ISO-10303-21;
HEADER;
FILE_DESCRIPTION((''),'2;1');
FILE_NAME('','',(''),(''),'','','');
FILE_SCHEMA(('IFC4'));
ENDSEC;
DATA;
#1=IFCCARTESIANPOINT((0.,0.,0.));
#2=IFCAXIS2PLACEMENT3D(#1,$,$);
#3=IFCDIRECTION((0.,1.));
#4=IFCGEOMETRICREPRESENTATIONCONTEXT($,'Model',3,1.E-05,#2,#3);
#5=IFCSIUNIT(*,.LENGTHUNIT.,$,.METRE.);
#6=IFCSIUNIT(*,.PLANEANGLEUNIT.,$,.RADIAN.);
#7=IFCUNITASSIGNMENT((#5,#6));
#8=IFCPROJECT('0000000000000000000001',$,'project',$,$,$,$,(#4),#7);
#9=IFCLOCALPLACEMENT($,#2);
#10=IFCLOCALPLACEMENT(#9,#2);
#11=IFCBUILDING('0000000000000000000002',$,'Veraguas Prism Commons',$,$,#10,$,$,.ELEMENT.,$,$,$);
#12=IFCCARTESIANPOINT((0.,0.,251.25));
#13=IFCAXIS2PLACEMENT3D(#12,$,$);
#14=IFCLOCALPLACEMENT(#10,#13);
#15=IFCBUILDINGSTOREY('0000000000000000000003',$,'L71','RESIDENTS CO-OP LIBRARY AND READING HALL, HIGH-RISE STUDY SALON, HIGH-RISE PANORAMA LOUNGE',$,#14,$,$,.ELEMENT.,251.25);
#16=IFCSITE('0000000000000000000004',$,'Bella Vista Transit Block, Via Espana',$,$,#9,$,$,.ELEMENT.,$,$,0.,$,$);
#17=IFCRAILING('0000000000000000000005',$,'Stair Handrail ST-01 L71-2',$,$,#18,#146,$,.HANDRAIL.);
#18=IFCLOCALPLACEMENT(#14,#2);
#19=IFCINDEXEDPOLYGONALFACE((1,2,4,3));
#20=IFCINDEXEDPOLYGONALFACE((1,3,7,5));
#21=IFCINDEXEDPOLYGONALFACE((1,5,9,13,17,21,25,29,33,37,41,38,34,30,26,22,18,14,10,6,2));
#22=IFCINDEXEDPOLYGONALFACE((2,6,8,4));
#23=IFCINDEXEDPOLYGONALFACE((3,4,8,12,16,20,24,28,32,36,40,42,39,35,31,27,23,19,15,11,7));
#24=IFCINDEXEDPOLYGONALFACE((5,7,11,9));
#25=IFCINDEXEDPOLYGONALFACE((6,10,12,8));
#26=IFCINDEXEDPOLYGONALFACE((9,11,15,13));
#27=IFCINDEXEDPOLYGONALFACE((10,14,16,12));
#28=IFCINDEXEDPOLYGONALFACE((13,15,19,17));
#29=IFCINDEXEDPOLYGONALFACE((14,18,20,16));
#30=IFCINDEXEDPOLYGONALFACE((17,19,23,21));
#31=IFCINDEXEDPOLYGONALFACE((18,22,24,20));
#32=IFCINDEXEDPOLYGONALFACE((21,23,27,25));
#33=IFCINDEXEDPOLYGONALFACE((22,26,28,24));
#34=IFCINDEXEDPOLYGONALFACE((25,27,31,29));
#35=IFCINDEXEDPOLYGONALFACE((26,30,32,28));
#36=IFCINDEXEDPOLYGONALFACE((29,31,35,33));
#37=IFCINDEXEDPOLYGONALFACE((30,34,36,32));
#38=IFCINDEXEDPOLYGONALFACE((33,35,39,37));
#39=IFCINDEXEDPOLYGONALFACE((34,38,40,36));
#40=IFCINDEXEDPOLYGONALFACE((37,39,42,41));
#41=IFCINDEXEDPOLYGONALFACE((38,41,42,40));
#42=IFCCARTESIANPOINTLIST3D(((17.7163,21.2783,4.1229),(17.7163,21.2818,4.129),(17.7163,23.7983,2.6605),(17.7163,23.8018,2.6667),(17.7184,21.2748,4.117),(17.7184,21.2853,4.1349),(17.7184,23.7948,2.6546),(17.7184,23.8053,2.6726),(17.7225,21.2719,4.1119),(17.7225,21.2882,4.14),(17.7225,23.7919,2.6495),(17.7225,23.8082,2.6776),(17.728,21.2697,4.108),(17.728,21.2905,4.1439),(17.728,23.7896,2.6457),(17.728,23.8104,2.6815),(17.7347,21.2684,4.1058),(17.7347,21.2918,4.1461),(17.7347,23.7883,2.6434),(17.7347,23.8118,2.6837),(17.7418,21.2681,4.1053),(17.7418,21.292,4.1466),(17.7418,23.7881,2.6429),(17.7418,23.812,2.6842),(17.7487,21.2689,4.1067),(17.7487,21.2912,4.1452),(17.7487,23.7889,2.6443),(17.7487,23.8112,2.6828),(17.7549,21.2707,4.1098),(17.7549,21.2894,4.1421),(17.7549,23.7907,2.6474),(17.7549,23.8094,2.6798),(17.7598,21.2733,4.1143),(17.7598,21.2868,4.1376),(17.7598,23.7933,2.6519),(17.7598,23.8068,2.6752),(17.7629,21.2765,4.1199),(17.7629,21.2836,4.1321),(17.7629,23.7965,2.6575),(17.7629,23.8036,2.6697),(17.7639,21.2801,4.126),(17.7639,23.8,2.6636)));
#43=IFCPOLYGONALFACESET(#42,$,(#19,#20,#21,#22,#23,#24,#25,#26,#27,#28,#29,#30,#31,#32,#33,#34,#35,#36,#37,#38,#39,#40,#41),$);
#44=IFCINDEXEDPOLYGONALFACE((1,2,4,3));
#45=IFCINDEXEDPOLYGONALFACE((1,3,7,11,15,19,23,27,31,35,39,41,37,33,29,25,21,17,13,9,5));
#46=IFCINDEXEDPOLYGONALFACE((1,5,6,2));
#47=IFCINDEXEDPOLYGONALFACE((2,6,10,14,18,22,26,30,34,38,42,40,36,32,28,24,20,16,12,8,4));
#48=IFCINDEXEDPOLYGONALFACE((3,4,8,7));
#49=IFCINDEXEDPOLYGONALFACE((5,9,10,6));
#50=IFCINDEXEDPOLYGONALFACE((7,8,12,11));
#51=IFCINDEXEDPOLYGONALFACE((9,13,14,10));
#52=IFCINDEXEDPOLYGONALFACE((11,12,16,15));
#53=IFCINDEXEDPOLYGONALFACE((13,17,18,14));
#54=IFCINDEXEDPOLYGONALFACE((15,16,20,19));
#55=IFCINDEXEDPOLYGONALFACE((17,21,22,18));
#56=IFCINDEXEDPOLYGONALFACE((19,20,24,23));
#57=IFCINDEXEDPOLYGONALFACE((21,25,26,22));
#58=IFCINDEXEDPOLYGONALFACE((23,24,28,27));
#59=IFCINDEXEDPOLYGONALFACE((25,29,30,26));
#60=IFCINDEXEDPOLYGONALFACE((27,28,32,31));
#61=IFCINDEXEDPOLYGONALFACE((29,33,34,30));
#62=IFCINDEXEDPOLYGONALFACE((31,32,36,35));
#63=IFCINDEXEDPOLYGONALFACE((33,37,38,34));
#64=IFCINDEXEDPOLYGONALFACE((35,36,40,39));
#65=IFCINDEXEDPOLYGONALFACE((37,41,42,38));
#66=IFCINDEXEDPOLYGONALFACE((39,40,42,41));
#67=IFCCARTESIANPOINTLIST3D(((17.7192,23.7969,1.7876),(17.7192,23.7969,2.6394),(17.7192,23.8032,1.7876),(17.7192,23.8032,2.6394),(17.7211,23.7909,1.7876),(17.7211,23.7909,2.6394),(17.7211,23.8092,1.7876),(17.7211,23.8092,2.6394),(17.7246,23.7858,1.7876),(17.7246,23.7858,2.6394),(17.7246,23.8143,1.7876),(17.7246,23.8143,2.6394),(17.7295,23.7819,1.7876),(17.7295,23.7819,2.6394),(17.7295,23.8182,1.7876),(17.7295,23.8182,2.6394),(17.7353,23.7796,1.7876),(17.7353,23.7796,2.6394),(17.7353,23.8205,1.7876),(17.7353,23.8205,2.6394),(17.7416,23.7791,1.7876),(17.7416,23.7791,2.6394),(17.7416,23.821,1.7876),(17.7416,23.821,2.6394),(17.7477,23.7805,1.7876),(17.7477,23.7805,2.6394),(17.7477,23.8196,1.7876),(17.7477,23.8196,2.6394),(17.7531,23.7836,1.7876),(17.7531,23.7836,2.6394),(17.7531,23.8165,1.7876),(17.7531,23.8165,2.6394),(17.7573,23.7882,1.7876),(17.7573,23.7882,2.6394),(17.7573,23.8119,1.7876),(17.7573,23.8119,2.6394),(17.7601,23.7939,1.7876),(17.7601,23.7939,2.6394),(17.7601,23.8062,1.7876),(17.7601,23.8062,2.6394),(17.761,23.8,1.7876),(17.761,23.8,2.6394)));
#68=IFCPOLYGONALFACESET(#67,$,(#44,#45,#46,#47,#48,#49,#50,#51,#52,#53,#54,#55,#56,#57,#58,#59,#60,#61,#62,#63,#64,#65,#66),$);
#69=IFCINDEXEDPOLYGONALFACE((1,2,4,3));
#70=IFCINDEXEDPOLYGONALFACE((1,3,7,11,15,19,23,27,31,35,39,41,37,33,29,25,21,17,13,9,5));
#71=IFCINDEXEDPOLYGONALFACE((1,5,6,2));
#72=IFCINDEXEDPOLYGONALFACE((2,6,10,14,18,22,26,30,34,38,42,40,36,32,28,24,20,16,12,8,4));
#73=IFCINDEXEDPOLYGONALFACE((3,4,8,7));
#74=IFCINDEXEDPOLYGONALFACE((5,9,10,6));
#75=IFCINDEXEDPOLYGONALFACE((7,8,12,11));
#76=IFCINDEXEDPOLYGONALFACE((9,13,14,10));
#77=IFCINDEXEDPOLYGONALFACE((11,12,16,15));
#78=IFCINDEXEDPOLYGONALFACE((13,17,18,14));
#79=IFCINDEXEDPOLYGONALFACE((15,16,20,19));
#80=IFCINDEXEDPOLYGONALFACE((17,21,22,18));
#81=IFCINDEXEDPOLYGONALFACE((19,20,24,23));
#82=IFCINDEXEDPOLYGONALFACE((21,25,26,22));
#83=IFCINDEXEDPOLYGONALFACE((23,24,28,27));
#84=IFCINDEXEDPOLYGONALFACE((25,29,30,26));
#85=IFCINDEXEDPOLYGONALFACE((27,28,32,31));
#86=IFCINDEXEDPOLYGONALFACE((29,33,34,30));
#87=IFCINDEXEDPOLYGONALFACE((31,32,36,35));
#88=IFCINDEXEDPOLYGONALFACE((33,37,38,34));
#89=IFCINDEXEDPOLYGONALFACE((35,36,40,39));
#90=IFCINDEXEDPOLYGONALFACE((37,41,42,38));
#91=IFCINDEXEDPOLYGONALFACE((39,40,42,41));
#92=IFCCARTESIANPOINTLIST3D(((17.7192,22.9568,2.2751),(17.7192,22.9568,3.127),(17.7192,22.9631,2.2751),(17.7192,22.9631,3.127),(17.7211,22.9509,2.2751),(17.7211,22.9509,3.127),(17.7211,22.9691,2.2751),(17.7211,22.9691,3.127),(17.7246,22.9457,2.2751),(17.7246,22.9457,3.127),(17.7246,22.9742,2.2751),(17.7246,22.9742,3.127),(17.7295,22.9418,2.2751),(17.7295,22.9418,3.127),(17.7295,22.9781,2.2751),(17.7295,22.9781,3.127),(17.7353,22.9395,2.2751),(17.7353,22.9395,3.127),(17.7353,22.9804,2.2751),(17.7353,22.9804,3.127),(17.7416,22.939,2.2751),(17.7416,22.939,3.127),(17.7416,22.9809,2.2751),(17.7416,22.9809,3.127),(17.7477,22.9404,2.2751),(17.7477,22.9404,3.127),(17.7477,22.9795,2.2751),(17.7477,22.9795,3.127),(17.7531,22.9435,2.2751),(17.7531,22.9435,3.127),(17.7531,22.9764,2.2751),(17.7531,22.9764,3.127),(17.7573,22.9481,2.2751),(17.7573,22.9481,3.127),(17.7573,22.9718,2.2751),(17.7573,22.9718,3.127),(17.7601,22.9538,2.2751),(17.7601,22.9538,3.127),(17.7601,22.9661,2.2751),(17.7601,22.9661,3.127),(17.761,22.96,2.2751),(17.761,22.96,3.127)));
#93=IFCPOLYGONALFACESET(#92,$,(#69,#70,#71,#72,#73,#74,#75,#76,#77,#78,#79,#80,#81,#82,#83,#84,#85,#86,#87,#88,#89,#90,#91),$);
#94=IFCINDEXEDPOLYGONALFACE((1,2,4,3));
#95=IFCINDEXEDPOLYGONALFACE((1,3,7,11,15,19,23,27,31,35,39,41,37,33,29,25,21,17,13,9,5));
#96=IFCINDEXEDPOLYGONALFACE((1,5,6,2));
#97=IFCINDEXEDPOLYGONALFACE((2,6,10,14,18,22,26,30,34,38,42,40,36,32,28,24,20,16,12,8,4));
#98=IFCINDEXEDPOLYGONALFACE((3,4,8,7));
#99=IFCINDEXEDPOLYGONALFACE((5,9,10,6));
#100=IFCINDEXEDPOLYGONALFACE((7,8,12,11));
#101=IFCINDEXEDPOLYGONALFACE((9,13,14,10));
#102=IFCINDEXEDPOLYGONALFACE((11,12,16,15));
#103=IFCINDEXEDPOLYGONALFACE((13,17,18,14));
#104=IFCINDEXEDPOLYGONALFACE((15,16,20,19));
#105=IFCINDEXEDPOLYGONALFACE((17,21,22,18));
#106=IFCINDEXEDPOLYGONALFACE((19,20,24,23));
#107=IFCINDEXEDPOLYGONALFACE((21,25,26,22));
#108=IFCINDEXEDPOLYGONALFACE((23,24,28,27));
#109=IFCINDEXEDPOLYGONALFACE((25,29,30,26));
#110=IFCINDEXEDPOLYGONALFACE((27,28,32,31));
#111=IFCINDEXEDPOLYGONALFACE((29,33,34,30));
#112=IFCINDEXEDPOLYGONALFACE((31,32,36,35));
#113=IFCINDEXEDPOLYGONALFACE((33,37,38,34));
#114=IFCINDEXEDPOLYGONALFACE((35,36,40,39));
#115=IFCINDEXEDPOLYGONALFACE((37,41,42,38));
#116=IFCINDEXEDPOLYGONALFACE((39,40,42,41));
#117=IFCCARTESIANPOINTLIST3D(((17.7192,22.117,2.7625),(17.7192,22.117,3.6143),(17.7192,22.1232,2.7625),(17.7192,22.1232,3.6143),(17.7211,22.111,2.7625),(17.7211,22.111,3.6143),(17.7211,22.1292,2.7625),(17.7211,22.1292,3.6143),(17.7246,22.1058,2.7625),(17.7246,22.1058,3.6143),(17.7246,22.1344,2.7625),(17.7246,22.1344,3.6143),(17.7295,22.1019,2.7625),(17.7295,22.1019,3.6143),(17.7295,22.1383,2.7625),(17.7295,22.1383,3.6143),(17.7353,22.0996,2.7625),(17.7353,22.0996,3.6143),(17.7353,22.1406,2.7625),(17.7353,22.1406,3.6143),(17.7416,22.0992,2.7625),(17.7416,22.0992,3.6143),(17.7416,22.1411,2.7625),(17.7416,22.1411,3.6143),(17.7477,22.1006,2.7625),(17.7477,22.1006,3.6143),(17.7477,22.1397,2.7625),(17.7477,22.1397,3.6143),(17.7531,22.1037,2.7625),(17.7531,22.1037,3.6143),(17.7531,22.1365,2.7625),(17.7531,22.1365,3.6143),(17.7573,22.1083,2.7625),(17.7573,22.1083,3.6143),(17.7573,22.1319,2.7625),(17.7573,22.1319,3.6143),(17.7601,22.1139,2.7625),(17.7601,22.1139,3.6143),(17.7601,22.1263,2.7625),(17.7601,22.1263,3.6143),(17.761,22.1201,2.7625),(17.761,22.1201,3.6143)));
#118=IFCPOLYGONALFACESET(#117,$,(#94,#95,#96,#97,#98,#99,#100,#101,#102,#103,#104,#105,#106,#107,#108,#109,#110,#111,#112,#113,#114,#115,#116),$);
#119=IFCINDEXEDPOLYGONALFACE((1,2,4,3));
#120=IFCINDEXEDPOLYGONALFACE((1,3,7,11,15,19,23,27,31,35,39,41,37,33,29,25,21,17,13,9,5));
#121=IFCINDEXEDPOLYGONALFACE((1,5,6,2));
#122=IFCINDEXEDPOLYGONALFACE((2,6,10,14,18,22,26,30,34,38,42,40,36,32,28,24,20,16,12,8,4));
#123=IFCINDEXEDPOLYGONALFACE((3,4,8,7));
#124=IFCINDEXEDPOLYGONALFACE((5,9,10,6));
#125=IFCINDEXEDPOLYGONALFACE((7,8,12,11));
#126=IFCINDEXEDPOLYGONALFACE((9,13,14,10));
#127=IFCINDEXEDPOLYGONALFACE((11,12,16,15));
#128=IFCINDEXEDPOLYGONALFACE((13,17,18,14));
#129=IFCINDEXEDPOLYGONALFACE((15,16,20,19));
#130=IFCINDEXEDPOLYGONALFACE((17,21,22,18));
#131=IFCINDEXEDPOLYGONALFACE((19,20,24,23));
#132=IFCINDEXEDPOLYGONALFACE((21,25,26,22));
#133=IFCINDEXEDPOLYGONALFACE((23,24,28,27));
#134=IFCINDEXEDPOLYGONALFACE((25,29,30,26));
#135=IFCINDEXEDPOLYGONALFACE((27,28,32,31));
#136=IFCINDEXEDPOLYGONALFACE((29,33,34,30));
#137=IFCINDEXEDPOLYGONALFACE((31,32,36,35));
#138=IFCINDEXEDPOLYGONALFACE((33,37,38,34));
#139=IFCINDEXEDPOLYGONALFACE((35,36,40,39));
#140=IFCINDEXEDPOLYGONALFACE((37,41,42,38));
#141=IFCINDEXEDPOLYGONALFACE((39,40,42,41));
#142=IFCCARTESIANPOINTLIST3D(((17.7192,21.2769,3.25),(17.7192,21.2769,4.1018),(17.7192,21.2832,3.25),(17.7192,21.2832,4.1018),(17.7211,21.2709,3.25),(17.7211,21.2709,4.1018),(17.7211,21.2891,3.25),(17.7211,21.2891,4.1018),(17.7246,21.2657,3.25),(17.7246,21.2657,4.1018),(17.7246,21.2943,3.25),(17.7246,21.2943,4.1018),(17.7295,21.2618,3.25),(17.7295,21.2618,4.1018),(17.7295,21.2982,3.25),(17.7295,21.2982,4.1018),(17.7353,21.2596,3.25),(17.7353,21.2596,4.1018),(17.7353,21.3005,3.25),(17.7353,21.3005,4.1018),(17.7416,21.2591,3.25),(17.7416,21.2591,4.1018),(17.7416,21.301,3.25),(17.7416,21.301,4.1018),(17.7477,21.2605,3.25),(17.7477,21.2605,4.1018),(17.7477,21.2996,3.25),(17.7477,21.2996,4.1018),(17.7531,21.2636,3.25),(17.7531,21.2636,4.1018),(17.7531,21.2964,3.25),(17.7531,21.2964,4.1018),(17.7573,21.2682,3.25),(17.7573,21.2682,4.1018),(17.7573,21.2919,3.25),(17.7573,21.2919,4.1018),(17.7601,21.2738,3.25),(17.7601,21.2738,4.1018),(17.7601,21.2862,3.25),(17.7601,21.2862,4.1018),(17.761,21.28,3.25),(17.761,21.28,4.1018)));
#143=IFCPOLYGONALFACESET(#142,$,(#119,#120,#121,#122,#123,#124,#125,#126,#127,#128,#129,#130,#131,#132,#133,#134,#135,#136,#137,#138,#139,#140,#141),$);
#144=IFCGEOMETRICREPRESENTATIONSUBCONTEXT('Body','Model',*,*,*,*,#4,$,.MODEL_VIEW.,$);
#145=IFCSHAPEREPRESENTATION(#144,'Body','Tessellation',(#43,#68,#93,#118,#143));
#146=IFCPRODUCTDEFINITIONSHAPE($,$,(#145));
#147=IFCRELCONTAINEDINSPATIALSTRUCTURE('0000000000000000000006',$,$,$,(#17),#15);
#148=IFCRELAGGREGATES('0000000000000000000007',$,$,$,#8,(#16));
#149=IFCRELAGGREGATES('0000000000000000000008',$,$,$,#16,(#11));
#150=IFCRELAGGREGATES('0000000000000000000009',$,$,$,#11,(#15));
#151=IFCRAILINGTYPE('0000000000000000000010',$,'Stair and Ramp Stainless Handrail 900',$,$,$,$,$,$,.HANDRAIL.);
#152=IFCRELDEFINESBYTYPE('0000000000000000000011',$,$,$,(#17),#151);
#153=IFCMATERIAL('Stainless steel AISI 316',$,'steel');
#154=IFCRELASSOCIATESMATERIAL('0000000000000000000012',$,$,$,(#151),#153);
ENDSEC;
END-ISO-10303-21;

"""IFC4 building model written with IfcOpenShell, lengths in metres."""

from ifc_helpers import new_model, si_unit, direction, frame, origin, origin_2d, place, context, subcontext, project, spatial, circle, extrude, material, type_object, element, save


model = new_model("IFC4")

# Units and contexts
model_context = context("Model", 3, precision=1e-05, world=origin(), true_north=direction((0.0, 1.0)))
body_context = subcontext(model_context, "Body", "Model", "MODEL_VIEW")
ifc_project = project(units=[si_unit("LENGTHUNIT", "METRE"), si_unit("PLANEANGLEUNIT", "RADIAN")], contexts=[model_context])

# Site, building, storey
site_placement = place(None, origin())
site = spatial("IfcSite", under=ifc_project, at=site_placement, Name="Bella Vista Transit Block, Via Espana", CompositionType="ELEMENT", RefElevation=0.0)
building_placement = place(site_placement, origin())
building = spatial("IfcBuilding", under=site, at=building_placement, Name="Veraguas Prism Commons", CompositionType="ELEMENT")
storey_placement = place(building_placement, frame((0.0, 0.0, 251.25)))
storey = spatial("IfcBuildingStorey", under=building, at=storey_placement, Name="L71", Description="RESIDENTS CO-OP LIBRARY AND READING HALL, HIGH-RISE STUDY SALON, HIGH-RISE PANORAMA LOUNGE", CompositionType="ELEMENT", Elevation=251.25)

# Shared definitions
ifc_material_1 = material(Name="Stainless steel AISI 316", Category="steel")

# Railing
railing_type_1 = type_object("IfcRailingType", Name="Stair and Ramp Stainless Handrail 900", PredefinedType="HANDRAIL", material=ifc_material_1)
railing_1_placement = place(storey_placement, frame((17.74, 23.8, 1.7876)))
element("IfcRailing", 1, at=railing_1_placement, inside=storey, type_object=railing_type_1, Name="Stair Handrail ST-01 L71-2", PredefinedType="HANDRAIL", context=body_context, shape_type="SweptSolid", body=[
    extrude(circle(Radius=0.0239, at=origin_2d()), frame((0.0, 0.0, 0.876), z_axis=(0.0, -0.864913, 0.501921), x_axis=(1.0, 0.0, 0.0)), (0.0, 0.0, 1.0), 2.9136),
    extrude(circle(Radius=0.021, at=origin_2d()), origin(), (0.0, 0.0, 1.0), 0.8518),
    extrude(circle(Radius=0.021, at=origin_2d()), frame((0.0, -0.8401, 0.4875)), (0.0, 0.0, 1.0), 0.8518),
    extrude(circle(Radius=0.021, at=origin_2d()), frame((0.0, -1.6799, 0.9749)), (0.0, 0.0, 1.0), 0.8518),
    extrude(circle(Radius=0.021, at=origin_2d()), frame((0.0, -2.52, 1.4624)), (0.0, 0.0, 1.0), 0.8518),
])

save(model, "model.ifc")
